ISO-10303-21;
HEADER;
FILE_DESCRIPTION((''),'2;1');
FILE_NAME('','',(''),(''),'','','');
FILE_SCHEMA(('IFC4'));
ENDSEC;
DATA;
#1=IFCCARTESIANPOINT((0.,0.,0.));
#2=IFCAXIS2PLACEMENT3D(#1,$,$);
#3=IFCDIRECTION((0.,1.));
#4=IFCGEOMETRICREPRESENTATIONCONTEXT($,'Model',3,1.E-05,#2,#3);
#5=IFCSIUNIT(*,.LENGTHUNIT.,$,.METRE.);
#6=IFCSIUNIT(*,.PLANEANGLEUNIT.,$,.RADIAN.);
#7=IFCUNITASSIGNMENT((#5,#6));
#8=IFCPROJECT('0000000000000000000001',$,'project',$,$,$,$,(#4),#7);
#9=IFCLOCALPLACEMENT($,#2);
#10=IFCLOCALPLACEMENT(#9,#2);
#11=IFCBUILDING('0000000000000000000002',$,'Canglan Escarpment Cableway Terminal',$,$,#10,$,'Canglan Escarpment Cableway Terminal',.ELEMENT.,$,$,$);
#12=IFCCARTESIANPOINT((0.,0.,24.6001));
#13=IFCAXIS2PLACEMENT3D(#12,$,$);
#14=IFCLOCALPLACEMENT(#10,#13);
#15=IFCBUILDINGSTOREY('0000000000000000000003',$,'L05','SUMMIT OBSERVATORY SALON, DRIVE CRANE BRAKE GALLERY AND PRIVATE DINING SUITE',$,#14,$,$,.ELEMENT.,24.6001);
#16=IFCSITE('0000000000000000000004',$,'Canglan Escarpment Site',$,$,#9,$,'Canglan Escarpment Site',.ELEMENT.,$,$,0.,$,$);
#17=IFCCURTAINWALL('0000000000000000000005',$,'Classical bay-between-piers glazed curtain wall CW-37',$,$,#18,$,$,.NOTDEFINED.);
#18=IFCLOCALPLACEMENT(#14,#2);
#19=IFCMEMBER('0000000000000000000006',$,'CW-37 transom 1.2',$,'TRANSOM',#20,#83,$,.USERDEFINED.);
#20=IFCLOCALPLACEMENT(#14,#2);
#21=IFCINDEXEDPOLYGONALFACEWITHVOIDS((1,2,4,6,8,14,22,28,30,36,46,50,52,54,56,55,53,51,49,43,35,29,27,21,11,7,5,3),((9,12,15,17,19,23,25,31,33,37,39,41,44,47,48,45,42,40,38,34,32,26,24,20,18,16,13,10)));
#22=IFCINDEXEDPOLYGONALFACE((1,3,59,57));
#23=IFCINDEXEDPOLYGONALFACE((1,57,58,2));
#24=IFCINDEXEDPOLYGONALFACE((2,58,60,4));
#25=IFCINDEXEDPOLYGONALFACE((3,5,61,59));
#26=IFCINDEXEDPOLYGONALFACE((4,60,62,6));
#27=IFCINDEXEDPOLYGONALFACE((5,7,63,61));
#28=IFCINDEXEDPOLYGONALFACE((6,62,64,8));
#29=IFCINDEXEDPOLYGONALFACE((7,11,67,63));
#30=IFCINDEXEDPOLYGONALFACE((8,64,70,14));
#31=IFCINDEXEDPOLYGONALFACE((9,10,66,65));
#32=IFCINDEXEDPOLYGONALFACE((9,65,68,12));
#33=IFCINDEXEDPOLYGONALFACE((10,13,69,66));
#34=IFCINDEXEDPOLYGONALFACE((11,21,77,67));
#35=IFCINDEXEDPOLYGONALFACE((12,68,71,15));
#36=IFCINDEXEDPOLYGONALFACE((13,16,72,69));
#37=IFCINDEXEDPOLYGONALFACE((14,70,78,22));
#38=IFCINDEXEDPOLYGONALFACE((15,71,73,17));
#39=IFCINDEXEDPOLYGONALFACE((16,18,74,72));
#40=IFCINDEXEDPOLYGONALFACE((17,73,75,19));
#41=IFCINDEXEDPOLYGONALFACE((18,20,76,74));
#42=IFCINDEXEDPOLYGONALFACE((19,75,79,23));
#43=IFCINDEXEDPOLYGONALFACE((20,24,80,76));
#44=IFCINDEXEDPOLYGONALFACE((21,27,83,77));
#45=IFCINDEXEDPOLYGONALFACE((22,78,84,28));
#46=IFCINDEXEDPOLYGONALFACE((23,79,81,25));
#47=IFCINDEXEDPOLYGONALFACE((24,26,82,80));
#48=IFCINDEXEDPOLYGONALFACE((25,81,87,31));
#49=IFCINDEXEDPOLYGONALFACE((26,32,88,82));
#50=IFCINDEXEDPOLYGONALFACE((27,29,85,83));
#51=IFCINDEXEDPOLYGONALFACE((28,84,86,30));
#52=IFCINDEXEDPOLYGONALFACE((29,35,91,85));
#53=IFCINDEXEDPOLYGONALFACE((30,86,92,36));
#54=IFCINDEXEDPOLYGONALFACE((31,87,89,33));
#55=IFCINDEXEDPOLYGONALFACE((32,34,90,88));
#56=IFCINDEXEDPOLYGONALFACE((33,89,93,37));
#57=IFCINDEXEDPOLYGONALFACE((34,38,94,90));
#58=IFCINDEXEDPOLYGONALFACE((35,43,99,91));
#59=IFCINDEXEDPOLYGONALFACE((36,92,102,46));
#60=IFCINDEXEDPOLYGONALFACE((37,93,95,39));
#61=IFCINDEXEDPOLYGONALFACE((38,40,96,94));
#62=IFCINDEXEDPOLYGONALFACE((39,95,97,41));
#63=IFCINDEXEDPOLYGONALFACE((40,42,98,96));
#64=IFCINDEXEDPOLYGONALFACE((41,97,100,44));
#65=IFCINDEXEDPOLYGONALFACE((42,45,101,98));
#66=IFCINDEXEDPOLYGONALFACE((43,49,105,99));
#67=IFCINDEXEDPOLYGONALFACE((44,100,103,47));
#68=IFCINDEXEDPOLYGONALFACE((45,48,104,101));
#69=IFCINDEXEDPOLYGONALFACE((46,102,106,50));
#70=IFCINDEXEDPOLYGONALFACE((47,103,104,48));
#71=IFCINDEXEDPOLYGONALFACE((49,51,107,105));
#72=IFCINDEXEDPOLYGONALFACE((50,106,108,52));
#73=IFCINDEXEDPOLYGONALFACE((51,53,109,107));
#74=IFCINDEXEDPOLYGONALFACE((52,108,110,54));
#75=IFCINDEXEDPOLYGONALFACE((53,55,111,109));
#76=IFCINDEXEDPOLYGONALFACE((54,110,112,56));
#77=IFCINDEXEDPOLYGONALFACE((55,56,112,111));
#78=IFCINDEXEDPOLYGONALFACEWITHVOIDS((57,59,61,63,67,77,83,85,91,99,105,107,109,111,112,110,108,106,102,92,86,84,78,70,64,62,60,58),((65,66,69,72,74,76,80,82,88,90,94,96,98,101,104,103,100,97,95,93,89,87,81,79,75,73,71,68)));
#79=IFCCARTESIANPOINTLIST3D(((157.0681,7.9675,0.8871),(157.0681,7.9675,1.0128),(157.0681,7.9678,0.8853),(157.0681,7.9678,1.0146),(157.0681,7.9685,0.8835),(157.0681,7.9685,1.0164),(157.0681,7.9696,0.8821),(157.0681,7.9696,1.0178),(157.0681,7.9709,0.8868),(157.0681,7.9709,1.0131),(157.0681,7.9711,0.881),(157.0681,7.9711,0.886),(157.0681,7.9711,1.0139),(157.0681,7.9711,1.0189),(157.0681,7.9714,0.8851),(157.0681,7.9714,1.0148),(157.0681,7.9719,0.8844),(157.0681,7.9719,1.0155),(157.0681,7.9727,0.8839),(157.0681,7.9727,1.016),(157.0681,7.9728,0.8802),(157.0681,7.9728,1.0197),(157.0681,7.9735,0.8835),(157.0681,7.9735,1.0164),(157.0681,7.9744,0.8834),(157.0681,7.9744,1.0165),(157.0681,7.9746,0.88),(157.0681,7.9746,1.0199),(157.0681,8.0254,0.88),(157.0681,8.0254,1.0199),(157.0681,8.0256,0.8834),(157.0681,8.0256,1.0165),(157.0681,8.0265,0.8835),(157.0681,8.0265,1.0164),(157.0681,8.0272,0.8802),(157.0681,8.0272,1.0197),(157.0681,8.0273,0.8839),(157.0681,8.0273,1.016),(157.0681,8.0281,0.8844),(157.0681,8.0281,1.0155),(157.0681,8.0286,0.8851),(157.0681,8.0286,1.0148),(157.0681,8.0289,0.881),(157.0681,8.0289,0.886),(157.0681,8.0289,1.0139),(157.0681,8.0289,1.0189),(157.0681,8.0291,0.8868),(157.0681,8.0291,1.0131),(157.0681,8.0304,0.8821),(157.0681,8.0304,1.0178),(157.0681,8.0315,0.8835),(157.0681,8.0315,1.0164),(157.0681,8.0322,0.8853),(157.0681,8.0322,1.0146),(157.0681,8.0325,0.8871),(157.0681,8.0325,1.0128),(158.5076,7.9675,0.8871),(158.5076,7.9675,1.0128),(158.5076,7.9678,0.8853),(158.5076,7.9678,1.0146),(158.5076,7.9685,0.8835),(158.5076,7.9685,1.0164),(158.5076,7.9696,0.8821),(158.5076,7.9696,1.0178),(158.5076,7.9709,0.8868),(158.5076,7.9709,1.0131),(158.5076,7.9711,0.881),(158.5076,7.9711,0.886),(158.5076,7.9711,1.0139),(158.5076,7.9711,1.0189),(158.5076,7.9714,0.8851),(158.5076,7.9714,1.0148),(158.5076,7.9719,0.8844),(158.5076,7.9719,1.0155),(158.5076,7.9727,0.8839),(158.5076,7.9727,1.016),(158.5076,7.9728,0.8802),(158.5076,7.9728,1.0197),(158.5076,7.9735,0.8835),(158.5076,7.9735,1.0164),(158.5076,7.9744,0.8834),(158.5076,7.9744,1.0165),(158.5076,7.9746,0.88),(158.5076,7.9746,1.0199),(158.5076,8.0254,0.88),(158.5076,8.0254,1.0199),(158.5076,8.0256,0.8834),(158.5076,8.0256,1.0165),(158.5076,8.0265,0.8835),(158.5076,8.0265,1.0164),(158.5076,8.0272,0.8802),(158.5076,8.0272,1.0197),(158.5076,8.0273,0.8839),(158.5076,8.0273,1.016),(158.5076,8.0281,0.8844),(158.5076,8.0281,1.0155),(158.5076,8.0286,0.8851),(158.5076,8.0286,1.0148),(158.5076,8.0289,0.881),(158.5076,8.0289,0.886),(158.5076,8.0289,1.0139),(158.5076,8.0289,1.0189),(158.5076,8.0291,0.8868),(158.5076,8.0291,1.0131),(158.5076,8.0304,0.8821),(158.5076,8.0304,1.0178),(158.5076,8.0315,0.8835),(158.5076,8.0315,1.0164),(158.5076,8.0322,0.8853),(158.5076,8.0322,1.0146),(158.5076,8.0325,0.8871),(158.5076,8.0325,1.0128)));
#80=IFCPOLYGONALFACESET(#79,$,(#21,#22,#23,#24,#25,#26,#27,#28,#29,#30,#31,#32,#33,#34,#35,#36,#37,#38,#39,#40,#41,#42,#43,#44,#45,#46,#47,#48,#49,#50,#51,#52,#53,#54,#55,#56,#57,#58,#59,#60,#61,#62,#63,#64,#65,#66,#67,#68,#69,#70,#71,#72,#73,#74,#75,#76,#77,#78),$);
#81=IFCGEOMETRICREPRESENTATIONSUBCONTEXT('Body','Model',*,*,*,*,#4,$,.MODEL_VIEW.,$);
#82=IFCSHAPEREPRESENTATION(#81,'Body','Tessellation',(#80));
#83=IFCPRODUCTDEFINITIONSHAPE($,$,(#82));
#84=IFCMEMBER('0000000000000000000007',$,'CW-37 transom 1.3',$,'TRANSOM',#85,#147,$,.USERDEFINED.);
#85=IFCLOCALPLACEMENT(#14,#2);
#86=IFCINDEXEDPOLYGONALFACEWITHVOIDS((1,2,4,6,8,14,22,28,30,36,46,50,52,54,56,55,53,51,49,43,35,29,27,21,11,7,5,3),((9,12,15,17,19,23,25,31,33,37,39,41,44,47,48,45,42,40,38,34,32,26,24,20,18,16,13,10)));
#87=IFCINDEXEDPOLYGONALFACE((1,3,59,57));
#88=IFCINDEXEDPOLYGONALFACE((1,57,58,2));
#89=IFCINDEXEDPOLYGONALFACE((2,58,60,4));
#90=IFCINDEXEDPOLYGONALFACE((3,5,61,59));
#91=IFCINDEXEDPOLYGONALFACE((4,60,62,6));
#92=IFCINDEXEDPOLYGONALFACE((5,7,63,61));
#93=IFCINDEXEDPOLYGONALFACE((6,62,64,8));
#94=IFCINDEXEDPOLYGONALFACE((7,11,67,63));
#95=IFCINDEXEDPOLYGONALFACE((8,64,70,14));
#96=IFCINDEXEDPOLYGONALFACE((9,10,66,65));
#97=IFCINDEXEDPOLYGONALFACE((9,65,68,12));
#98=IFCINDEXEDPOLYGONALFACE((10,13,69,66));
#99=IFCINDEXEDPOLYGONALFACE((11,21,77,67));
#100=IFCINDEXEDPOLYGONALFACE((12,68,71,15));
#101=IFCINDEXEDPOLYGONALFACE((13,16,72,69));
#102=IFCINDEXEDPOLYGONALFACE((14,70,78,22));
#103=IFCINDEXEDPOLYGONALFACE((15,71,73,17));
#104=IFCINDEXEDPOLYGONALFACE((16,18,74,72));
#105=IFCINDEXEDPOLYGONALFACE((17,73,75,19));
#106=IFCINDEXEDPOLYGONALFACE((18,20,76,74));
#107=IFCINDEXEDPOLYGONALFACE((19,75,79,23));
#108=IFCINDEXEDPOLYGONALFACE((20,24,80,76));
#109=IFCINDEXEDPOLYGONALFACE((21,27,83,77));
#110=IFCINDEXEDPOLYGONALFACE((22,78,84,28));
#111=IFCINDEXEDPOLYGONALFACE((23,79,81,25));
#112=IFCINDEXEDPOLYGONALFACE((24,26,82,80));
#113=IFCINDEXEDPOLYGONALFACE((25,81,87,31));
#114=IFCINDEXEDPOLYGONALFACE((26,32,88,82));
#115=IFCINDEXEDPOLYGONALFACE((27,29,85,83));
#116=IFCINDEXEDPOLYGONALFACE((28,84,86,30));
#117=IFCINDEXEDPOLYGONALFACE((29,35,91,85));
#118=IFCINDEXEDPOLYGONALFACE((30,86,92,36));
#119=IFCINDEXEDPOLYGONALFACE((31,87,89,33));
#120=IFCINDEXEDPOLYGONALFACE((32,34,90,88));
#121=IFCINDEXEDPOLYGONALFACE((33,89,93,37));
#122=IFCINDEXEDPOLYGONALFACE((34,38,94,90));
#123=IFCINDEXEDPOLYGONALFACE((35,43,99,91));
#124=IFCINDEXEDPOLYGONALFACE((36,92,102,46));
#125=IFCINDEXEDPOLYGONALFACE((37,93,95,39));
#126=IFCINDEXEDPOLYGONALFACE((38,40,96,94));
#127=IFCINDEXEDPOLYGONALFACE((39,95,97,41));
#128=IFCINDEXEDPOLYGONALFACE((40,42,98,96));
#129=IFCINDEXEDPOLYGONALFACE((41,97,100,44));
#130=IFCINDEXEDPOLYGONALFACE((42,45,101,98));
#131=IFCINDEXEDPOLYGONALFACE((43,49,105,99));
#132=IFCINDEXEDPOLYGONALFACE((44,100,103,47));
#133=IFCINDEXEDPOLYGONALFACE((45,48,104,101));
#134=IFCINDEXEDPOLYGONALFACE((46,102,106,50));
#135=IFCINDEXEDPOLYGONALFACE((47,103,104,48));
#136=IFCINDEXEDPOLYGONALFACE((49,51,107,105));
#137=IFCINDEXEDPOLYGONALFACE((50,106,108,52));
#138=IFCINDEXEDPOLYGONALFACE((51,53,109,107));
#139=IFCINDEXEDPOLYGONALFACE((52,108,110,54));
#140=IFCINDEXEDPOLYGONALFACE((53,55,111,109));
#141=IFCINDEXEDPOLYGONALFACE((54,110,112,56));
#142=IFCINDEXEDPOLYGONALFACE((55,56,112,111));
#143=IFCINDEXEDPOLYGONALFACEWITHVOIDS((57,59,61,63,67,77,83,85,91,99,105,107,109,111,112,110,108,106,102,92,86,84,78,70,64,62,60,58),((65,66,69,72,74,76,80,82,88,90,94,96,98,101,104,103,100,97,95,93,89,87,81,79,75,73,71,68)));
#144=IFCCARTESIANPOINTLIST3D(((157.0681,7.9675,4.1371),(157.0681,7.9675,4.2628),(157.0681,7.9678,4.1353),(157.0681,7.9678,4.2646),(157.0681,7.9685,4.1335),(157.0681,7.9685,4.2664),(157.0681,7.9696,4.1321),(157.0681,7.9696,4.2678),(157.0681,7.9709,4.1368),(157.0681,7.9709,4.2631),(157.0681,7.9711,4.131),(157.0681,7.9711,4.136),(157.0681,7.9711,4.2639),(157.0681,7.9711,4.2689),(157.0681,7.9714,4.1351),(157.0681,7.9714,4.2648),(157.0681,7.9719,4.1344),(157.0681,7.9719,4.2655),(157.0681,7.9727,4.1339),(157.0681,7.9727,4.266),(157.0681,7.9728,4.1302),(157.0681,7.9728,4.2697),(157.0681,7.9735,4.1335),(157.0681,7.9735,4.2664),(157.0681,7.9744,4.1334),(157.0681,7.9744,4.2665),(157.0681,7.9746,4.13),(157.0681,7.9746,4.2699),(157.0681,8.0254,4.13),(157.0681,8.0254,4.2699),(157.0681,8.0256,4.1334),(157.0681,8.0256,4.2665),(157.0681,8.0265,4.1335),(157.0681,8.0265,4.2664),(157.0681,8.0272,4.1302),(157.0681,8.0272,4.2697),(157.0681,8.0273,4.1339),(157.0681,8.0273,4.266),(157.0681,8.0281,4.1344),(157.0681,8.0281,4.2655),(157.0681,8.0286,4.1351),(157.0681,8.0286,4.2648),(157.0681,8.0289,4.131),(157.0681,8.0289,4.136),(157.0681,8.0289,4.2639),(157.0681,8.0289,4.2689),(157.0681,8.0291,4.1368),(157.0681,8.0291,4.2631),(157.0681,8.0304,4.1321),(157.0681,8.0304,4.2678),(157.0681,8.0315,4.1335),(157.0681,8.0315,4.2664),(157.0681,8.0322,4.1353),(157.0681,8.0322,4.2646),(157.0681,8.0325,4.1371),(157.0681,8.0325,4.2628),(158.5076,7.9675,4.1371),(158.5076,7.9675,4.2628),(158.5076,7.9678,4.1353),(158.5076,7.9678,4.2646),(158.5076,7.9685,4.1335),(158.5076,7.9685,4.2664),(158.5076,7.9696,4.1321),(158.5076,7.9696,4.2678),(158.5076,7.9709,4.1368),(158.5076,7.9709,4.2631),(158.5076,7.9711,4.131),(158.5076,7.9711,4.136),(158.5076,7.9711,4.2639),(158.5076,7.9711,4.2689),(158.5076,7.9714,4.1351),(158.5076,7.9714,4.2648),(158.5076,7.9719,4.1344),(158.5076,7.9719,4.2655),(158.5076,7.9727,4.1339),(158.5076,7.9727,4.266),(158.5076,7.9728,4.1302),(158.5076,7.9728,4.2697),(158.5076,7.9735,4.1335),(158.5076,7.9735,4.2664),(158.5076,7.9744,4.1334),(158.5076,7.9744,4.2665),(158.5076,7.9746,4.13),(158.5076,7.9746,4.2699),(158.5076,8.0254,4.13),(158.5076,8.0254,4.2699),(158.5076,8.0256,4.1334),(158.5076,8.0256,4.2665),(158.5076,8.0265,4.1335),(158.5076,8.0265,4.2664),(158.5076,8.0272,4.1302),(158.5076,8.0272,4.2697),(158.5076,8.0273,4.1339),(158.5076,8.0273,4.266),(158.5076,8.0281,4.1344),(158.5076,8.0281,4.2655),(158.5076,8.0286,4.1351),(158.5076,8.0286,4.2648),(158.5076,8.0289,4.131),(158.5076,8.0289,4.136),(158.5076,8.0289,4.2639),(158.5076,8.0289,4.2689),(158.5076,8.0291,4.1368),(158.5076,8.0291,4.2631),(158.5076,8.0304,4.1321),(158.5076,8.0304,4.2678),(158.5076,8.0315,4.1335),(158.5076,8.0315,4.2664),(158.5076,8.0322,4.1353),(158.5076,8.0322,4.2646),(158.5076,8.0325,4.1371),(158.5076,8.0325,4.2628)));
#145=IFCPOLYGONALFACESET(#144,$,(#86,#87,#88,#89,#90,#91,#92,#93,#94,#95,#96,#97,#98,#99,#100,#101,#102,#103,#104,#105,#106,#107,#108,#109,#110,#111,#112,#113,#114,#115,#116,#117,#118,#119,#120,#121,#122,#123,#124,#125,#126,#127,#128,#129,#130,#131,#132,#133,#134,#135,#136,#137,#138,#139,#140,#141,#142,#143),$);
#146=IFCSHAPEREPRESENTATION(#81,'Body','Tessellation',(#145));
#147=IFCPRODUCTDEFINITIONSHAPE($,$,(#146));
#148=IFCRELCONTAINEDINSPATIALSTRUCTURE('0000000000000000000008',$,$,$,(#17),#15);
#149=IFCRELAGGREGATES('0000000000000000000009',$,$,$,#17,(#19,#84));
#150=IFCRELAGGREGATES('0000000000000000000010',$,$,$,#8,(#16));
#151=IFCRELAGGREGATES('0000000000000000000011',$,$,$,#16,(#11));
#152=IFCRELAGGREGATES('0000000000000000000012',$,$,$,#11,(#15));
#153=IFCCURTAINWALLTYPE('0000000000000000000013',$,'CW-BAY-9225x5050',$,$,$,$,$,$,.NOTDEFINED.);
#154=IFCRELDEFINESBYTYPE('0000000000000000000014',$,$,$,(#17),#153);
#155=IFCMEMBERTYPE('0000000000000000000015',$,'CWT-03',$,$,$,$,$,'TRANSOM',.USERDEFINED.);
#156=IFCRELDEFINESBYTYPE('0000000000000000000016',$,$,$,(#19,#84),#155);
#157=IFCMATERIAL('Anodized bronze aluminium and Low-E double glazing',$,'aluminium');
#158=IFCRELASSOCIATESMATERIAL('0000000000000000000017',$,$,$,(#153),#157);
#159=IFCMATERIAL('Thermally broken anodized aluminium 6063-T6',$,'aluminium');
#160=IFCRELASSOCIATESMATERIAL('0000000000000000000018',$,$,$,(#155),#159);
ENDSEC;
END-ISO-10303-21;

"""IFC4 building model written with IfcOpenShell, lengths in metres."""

from ifc_helpers import new_model, si_unit, direction, frame, origin, origin_2d, place, context, subcontext, project, spatial, hollow_rectangle, extrude, material, material_profile, profile_set, type_object, element, aggregate, save


model = new_model("IFC4")

# Units and contexts
model_context = context("Model", 3, precision=1e-05, world=origin(), true_north=direction((0.0, 1.0)))
body_context = subcontext(model_context, "Body", "Model", "MODEL_VIEW")
ifc_project = project(units=[si_unit("LENGTHUNIT", "METRE"), si_unit("PLANEANGLEUNIT", "RADIAN")], contexts=[model_context])

# Site, building, storey
site_placement = place(None, origin())
site = spatial("IfcSite", under=ifc_project, at=site_placement, Name="Canglan Escarpment Site", LongName="Canglan Escarpment Site", CompositionType="ELEMENT", RefElevation=0.0)
building_placement = place(site_placement, origin())
building = spatial("IfcBuilding", under=site, at=building_placement, Name="Canglan Escarpment Cableway Terminal", LongName="Canglan Escarpment Cableway Terminal", CompositionType="ELEMENT")
storey_placement = place(building_placement, frame((0.0, 0.0, 24.6001)))
storey = spatial("IfcBuildingStorey", under=building, at=storey_placement, Name="L05", Description="SUMMIT OBSERVATORY SALON, DRIVE CRANE BRAKE GALLERY AND PRIVATE DINING SUITE", CompositionType="ELEMENT", Elevation=24.6001)

# Curtain wall
ifc_material_1 = material(Name="Anodized bronze aluminium and Low-E double glazing", Category="aluminium")
curtain_wall_type = type_object("IfcCurtainWallType", Name="CW-BAY-9225x5050", PredefinedType="NOTDEFINED", material=ifc_material_1)
ifc_material_2 = material(Name="Thermally broken anodized aluminium 6063-T6", Category="aluminium")
curtain_wall_1_placement = place(storey_placement, origin())
curtain_wall_1 = element("IfcCurtainWall", 1, at=curtain_wall_1_placement, inside=storey, type_object=curtain_wall_type, Name="Classical bay-between-piers glazed curtain wall CW-37", PredefinedType="NOTDEFINED")

# Members
ifc_material_profile_1 = material_profile(ifc_material_2, hollow_rectangle(XDim=0.0649, YDim=0.1399, WallThickness=0.0034, InnerFilletRadius=0.0034, OuterFilletRadius=0.0071, at=origin_2d()), Name="ALU-TRAN 65x140x3.5")
ifc_profile_set_1 = profile_set([ifc_material_profile_1], Name="Thermally broken anodized aluminium 6063-T6")
member_type_1 = type_object("IfcMemberType", Name="CWT-03", ElementType="TRANSOM", PredefinedType="USERDEFINED", material=ifc_profile_set_1)
member_1_placement = place(storey_placement, frame((157.0681, 8.0, 0.95), z_axis=(1.0, 0.0, 0.0), x_axis=(0.0, 1.0, 0.0)))
member_1 = element("IfcMember", 2, at=member_1_placement, type_object=member_type_1, Name="CW-37 transom 1.2", ObjectType="TRANSOM", PredefinedType="USERDEFINED", context=body_context, shape_type="SweptSolid", body=[
    extrude(hollow_rectangle(XDim=0.0649, YDim=0.1399, WallThickness=0.0034, InnerFilletRadius=0.0034, OuterFilletRadius=0.0071, at=origin_2d()), origin(), (0.0, 0.0, 1.0), 1.4395),
])
member_2_placement = place(storey_placement, frame((157.0681, 8.0, 4.2), z_axis=(1.0, 0.0, 0.0), x_axis=(0.0, 1.0, 0.0)))
member_2 = element("IfcMember", 3, at=member_2_placement, type_object=member_type_1, Name="CW-37 transom 1.3", ObjectType="TRANSOM", PredefinedType="USERDEFINED", context=body_context, shape_type="SweptSolid", body=[
    extrude(hollow_rectangle(XDim=0.0649, YDim=0.1399, WallThickness=0.0034, InnerFilletRadius=0.0034, OuterFilletRadius=0.0071, at=origin_2d()), origin(), (0.0, 0.0, 1.0), 1.4395),
])

aggregate(curtain_wall_1, [member_1, member_2])

save(model, "model.ifc")
